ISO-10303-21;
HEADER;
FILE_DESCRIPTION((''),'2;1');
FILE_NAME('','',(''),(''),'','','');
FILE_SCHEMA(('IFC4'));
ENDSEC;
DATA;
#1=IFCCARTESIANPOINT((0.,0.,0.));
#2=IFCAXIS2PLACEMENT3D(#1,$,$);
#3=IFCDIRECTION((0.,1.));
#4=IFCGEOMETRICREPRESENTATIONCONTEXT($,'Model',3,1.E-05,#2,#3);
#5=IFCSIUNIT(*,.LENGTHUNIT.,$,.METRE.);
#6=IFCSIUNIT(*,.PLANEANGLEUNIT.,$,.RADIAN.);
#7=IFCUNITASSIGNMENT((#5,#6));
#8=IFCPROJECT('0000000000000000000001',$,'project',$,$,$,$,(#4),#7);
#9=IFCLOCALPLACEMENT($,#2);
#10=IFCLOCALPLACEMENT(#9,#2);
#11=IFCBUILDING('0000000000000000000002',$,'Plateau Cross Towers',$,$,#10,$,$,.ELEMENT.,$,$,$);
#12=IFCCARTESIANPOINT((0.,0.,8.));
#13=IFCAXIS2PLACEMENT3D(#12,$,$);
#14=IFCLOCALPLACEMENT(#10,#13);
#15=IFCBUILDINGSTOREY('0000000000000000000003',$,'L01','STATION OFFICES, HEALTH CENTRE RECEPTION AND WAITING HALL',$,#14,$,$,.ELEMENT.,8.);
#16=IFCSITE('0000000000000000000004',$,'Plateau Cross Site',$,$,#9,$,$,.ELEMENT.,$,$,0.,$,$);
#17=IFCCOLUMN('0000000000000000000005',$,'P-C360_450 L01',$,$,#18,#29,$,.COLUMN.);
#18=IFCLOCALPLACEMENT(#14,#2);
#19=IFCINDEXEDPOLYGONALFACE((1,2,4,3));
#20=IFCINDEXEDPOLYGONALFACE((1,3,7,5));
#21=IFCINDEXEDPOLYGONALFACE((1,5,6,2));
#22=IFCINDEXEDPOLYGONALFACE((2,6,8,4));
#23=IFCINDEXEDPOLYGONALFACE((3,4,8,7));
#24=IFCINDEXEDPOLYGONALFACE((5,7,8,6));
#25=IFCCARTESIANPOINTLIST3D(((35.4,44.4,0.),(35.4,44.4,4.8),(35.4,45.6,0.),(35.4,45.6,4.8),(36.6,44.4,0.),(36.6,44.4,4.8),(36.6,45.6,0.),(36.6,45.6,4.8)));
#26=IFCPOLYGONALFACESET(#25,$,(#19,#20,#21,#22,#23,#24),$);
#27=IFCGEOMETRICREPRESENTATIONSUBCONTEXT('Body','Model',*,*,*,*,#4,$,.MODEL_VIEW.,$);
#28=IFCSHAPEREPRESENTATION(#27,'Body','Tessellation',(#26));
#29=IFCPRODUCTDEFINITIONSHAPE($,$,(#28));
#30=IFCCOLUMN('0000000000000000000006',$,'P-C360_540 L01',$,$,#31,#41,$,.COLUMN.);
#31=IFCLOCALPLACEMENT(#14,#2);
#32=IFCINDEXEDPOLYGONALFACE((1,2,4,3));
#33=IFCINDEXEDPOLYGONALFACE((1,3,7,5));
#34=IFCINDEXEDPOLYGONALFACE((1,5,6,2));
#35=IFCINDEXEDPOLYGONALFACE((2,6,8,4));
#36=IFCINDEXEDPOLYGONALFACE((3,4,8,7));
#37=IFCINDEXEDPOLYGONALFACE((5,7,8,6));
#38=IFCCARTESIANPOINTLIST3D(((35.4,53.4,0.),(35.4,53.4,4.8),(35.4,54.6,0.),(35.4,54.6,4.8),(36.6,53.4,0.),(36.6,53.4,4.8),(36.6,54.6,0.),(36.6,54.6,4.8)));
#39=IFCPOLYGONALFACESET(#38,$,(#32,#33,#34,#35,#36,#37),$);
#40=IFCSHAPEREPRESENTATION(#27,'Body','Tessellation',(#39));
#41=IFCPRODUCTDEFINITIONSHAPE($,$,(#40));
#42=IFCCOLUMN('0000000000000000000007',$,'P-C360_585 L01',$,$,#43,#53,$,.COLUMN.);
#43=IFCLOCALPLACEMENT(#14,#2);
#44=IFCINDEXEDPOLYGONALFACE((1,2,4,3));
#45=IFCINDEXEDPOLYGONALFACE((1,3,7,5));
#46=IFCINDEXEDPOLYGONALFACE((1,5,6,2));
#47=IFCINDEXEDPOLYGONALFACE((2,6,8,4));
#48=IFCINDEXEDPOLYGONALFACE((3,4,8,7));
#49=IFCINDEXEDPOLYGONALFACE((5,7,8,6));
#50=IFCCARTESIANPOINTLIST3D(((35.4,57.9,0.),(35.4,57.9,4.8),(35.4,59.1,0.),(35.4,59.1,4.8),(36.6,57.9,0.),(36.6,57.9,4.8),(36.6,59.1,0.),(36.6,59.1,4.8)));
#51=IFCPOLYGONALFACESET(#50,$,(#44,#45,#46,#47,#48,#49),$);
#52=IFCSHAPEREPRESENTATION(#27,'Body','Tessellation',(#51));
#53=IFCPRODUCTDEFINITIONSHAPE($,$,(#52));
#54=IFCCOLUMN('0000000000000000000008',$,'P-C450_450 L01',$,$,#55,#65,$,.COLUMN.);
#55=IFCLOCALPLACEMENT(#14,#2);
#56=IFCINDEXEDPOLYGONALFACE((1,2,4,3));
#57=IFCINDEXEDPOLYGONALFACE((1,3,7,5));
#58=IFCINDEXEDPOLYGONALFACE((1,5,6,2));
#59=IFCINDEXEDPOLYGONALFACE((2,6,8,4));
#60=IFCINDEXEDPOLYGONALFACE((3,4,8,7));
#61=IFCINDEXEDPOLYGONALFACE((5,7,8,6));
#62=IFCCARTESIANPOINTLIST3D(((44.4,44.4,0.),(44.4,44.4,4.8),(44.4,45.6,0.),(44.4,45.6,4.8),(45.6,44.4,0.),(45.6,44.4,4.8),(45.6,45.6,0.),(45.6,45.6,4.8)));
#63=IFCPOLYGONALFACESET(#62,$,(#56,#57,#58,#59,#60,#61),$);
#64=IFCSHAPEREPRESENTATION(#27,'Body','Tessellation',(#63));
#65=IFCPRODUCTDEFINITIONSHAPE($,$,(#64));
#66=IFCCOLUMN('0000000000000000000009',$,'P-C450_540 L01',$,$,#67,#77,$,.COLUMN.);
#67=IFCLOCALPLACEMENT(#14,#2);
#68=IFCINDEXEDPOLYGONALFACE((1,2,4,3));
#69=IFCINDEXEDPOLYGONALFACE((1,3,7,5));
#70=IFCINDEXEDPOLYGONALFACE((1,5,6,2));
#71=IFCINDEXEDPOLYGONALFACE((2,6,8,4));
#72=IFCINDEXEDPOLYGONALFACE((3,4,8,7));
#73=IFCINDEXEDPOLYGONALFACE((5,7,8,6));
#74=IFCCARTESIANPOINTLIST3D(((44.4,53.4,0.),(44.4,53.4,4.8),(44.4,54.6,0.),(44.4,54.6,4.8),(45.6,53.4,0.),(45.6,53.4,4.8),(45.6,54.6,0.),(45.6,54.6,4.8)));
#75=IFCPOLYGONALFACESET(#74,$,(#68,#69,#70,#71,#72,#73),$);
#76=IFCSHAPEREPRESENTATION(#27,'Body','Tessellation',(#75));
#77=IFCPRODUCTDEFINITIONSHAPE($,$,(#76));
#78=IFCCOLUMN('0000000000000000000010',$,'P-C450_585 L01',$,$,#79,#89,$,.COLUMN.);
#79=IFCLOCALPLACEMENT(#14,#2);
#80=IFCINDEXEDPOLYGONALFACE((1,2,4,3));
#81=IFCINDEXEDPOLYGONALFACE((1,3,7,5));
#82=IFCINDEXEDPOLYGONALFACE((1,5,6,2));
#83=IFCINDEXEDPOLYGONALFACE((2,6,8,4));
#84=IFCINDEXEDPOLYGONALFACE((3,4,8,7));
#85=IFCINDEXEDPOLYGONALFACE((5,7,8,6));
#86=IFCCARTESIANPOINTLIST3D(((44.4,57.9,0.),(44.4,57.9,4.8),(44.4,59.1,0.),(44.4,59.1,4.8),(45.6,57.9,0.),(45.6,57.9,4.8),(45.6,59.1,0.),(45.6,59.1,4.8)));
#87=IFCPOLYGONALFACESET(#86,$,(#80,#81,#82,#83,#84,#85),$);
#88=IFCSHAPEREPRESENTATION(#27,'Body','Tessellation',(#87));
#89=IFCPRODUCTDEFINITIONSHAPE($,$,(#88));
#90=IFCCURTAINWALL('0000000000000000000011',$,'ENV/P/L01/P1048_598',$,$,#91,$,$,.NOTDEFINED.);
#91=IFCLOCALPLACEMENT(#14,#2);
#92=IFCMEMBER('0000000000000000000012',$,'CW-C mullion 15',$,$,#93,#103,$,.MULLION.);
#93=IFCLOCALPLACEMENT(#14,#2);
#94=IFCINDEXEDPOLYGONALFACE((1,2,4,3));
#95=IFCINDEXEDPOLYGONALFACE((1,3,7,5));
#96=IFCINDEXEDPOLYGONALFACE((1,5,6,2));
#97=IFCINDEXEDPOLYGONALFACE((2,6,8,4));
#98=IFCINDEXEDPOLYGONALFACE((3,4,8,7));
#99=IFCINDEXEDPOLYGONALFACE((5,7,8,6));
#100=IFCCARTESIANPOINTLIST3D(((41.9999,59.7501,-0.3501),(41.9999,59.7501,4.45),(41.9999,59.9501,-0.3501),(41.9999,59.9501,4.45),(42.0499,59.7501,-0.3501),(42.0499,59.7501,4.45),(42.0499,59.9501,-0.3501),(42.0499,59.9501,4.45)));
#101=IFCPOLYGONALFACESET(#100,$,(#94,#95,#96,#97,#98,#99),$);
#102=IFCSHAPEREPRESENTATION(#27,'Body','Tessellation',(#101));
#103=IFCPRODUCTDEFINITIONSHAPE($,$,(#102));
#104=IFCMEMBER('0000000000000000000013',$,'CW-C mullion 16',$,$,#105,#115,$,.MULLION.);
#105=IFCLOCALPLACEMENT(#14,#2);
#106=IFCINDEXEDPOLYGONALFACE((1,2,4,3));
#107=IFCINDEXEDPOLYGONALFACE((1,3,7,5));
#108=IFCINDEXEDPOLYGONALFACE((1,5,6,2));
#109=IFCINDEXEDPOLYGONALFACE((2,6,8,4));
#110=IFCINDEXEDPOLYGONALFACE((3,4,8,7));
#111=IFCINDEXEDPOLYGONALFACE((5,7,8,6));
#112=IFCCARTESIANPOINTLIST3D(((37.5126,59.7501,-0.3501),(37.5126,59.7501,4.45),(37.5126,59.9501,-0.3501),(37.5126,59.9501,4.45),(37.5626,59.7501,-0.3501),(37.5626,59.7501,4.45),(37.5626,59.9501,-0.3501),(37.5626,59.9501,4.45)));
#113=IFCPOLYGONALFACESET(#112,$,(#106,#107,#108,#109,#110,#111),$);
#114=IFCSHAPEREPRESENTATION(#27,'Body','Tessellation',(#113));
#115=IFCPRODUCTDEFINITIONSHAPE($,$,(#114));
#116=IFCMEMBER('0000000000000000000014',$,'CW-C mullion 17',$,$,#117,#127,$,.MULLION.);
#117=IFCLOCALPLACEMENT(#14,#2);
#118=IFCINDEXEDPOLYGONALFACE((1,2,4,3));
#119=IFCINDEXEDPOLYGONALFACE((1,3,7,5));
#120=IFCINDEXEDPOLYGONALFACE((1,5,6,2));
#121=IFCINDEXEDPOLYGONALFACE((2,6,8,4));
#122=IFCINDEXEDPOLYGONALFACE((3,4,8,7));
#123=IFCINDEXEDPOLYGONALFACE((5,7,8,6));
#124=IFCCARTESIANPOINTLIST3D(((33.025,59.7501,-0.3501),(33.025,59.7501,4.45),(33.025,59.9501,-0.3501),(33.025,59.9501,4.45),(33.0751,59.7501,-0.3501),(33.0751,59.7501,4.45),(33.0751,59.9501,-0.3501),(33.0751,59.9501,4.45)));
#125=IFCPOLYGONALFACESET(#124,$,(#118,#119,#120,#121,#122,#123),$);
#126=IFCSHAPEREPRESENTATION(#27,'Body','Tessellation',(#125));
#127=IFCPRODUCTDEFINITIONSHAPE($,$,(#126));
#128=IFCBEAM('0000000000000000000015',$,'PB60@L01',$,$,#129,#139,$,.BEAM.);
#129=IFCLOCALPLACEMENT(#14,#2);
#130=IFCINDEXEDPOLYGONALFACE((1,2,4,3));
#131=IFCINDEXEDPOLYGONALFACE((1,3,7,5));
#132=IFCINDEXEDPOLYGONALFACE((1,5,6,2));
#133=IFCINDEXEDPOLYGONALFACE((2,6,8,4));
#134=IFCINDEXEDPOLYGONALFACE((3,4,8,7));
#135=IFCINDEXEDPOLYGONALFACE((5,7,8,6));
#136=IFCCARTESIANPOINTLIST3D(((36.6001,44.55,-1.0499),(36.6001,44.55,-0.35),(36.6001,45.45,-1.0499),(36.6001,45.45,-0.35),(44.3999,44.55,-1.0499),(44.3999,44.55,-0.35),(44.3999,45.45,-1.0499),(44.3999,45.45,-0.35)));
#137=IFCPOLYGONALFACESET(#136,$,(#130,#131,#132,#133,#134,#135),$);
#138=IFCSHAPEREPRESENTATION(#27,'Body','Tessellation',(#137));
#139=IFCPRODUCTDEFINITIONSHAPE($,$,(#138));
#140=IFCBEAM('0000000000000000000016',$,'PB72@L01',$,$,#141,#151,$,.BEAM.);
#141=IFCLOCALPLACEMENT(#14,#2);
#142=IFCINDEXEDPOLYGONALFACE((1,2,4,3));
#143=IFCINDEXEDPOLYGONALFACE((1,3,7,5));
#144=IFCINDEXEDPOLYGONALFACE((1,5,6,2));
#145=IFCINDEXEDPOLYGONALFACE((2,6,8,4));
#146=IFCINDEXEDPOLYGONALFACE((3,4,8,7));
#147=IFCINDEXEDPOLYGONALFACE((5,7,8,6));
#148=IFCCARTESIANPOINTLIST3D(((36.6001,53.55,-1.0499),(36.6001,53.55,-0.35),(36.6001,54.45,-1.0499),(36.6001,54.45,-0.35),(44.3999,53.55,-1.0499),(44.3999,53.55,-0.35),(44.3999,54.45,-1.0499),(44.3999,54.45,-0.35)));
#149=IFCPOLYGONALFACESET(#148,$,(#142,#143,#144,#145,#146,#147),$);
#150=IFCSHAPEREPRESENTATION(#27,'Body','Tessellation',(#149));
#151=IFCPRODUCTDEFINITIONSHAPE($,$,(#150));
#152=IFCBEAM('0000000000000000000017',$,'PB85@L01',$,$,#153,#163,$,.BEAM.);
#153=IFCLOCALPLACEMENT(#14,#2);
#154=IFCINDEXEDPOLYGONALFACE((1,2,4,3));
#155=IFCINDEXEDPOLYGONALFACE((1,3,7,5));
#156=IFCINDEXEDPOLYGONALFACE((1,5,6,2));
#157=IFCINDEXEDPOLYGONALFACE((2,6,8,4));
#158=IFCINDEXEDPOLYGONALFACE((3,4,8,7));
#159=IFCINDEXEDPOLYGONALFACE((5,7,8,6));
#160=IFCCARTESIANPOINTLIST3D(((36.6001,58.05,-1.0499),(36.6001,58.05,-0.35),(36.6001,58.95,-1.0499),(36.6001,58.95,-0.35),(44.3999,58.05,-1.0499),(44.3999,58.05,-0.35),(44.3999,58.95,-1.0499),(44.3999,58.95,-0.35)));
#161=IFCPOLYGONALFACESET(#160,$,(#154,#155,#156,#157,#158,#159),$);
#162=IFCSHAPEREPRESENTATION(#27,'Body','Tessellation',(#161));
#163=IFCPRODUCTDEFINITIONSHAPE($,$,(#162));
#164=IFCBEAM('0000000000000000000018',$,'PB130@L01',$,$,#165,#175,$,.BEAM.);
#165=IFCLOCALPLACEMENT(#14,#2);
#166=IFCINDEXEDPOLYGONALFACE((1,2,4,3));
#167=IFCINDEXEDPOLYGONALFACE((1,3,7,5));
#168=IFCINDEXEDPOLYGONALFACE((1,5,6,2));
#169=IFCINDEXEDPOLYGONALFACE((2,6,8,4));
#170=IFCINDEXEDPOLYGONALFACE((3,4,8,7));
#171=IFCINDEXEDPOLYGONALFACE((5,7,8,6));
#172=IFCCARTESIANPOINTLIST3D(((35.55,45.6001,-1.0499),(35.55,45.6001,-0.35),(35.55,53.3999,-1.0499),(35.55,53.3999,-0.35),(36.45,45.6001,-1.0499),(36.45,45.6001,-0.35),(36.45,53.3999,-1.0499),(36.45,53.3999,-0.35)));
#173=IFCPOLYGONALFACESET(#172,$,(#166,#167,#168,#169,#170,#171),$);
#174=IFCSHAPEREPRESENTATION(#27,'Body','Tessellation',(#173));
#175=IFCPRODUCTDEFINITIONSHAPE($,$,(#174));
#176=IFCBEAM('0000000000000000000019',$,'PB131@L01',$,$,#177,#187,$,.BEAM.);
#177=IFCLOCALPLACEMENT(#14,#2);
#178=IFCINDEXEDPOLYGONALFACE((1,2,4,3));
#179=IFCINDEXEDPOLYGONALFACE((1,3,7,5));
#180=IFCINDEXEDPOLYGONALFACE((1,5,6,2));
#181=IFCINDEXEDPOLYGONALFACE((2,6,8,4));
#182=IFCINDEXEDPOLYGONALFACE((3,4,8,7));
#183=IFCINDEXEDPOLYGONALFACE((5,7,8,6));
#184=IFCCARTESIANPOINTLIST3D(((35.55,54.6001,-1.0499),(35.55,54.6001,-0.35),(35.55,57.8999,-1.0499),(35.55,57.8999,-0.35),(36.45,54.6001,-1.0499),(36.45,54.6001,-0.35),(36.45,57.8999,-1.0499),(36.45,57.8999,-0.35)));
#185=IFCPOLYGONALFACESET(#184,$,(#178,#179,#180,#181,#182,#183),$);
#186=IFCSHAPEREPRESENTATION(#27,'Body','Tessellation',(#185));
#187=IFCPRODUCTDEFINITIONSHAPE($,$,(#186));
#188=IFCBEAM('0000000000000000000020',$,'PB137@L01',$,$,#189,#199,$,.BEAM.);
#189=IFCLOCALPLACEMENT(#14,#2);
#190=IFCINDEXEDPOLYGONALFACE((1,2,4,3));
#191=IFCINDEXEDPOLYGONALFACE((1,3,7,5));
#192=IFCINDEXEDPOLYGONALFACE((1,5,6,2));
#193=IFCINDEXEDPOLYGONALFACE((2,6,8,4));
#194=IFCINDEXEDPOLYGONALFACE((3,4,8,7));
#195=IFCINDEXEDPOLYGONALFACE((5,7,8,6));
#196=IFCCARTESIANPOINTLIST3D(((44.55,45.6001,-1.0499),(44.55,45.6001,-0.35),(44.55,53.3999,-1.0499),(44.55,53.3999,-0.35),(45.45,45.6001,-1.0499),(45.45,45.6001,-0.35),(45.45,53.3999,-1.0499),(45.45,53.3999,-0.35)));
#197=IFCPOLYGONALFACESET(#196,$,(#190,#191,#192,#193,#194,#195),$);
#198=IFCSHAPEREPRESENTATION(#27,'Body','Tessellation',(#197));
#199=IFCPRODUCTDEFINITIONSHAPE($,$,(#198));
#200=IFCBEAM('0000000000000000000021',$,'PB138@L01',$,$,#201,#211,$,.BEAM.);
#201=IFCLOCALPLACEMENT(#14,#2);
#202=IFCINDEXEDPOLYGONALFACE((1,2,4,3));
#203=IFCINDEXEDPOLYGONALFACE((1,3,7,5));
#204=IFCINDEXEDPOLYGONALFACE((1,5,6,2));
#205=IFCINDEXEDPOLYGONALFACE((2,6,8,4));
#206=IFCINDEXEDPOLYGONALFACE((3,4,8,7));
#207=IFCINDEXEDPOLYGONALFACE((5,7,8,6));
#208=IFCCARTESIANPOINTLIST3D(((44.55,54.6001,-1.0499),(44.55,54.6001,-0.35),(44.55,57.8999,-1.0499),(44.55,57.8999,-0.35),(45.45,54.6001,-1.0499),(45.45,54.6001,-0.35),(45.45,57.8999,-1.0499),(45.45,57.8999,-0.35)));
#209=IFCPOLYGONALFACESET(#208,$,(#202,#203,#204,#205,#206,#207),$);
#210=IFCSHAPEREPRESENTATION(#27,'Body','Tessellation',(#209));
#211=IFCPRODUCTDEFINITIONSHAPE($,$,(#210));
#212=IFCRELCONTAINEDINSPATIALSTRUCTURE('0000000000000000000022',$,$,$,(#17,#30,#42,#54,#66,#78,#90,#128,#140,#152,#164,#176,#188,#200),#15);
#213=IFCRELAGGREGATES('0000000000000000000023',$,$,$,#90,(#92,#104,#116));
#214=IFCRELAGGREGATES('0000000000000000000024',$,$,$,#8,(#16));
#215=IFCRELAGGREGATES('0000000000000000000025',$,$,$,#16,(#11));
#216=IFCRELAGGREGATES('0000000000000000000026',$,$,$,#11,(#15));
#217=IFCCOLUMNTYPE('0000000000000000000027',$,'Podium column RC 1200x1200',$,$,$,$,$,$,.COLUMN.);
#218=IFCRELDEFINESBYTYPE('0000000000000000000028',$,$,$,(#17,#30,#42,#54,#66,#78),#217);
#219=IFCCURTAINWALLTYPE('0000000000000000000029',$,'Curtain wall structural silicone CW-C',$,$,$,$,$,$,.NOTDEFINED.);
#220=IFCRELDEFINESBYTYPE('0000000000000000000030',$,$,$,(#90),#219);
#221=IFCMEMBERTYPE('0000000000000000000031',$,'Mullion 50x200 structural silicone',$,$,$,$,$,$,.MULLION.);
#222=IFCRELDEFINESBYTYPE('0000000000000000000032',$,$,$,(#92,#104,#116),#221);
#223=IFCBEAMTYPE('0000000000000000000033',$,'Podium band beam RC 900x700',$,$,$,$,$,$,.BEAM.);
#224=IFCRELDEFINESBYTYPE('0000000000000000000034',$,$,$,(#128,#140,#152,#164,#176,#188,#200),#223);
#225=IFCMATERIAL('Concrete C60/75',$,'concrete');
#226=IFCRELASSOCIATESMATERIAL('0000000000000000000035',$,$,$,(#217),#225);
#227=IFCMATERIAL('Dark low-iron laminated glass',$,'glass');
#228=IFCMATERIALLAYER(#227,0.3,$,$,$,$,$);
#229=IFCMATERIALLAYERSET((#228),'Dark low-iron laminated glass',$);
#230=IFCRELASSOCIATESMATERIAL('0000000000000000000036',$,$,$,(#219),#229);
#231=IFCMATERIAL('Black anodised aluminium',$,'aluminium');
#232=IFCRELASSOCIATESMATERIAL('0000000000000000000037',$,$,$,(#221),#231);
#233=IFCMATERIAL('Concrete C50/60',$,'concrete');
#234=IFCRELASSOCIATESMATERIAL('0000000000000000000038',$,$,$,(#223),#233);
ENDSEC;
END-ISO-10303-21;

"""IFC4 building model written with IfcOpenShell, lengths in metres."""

from ifc_helpers import new_model, si_unit, direction, frame, origin, origin_2d, place, context, subcontext, project, spatial, rectangle, extrude, material, layer, layer_set, material_profile, profile_set, type_object, element, aggregate, save


model = new_model("IFC4")

# Units and contexts
model_context = context("Model", 3, precision=1e-05, world=origin(), true_north=direction((0.0, 1.0)))
body_context = subcontext(model_context, "Body", "Model", "MODEL_VIEW")
ifc_project = project(units=[si_unit("LENGTHUNIT", "METRE"), si_unit("PLANEANGLEUNIT", "RADIAN")], contexts=[model_context])

# Site, building, storey
site_placement = place(None, origin())
site = spatial("IfcSite", under=ifc_project, at=site_placement, Name="Plateau Cross Site", CompositionType="ELEMENT", RefElevation=0.0)
building_placement = place(site_placement, origin())
building = spatial("IfcBuilding", under=site, at=building_placement, Name="Plateau Cross Towers", CompositionType="ELEMENT")
storey_placement = place(building_placement, frame((0.0, 0.0, 8.0)))
storey = spatial("IfcBuildingStorey", under=building, at=storey_placement, Name="L01", Description="STATION OFFICES, HEALTH CENTRE RECEPTION AND WAITING HALL", CompositionType="ELEMENT", Elevation=8.0)

# Columns
ifc_material_1 = material(Name="Concrete C60/75", Category="concrete")
ifc_material_profile_1 = material_profile(ifc_material_1, rectangle(XDim=1.2, YDim=1.2, at=origin_2d()), Name="RC 1200x1200")
ifc_profile_set_1 = profile_set([ifc_material_profile_1], Name="Concrete C60/75")
column_type = type_object("IfcColumnType", Name="Podium column RC 1200x1200", PredefinedType="COLUMN", material=ifc_profile_set_1)
for number, where, z_axis, x_axis, name in (
    (1, (36.0, 45.0, 0.0), (0.0, 0.0, 1.0), (1.0, 0.0, 0.0), "P-C360_450 L01"),
    (2, (36.0, 54.0, 0.0), (0.0, 0.0, 1.0), (1.0, 0.0, 0.0), "P-C360_540 L01"),
    (3, (36.0, 58.5, 0.0), (0.0, 0.0, 1.0), (1.0, 0.0, 0.0), "P-C360_585 L01"),
    (4, (45.0, 45.0, 0.0), (0.0, 0.0, 1.0), (1.0, 0.0, 0.0), "P-C450_450 L01"),
    (5, (45.0, 54.0, 0.0), (0.0, 0.0, 1.0), (1.0, 0.0, 0.0), "P-C450_540 L01"),
    (6, (45.0, 58.5, 0.0), (0.0, 0.0, 1.0), (1.0, 0.0, 0.0), "P-C450_585 L01"),
):
    element("IfcColumn", number, at=place(storey_placement, frame(where, z_axis=z_axis, x_axis=x_axis)), inside=storey, type_object=column_type, Name=name, PredefinedType="COLUMN", context=body_context, shape_type="SweptSolid", body=[
        extrude(rectangle(XDim=1.2, YDim=1.2, at=origin_2d()), origin(), (0.0, 0.0, 1.0), 4.8),
    ])

# Curtain wall, members
ifc_material_2 = material(Name="Dark low-iron laminated glass", Category="glass")
ifc_layer_1 = layer(ifc_material_2, 0.3)
ifc_layer_set_1 = layer_set([ifc_layer_1], Name="Dark low-iron laminated glass")
curtain_wall_type = type_object("IfcCurtainWallType", Name="Curtain wall structural silicone CW-C", PredefinedType="NOTDEFINED", material=ifc_layer_set_1)
curtain_wall_placement = place(storey_placement, origin())
curtain_wall = element("IfcCurtainWall", 7, at=curtain_wall_placement, inside=storey, type_object=curtain_wall_type, Name="ENV/P/L01/P1048_598", PredefinedType="NOTDEFINED")
ifc_material_3 = material(Name="Black anodised aluminium", Category="aluminium")
ifc_material_profile_2 = material_profile(ifc_material_3, rectangle(XDim=0.05, YDim=0.2, at=origin_2d()), Name="MULLION 50x200")
ifc_profile_set_2 = profile_set([ifc_material_profile_2], Name="Black anodised aluminium")
member_type = type_object("IfcMemberType", Name="Mullion 50x200 structural silicone", PredefinedType="MULLION", material=ifc_profile_set_2)
member_1_placement = place(storey_placement, frame((42.0249, 59.8501, -0.3501), z_axis=(0.0, 0.0, 1.0), x_axis=(-1.0, 0.0, 0.0)))
member_1 = element("IfcMember", 8, at=member_1_placement, type_object=member_type, Name="CW-C mullion 15", PredefinedType="MULLION", context=body_context, shape_type="SweptSolid", body=[
    extrude(rectangle(XDim=0.05, YDim=0.2, at=origin_2d()), origin(), (0.0, 0.0, 1.0), 4.8),
])
member_2_placement = place(storey_placement, frame((37.5376, 59.8501, -0.3501), z_axis=(0.0, 0.0, 1.0), x_axis=(-1.0, 0.0, 0.0)))
member_2 = element("IfcMember", 9, at=member_2_placement, type_object=member_type, Name="CW-C mullion 16", PredefinedType="MULLION", context=body_context, shape_type="SweptSolid", body=[
    extrude(rectangle(XDim=0.05, YDim=0.2, at=origin_2d()), origin(), (0.0, 0.0, 1.0), 4.8),
])
member_3_placement = place(storey_placement, frame((33.05, 59.8501, -0.3501), z_axis=(0.0, 0.0, 1.0), x_axis=(-1.0, 0.0, 0.0)))
member_3 = element("IfcMember", 10, at=member_3_placement, type_object=member_type, Name="CW-C mullion 17", PredefinedType="MULLION", context=body_context, shape_type="SweptSolid", body=[
    extrude(rectangle(XDim=0.05, YDim=0.2, at=origin_2d()), origin(), (0.0, 0.0, 1.0), 4.8),
])

# Beams
ifc_material_4 = material(Name="Concrete C50/60", Category="concrete")
ifc_material_profile_3 = material_profile(ifc_material_4, rectangle(XDim=0.8999, YDim=0.7, at=origin_2d()), Name="RC 900x700")
ifc_profile_set_3 = profile_set([ifc_material_profile_3], Name="Concrete C50/60")
beam_type = type_object("IfcBeamType", Name="Podium band beam RC 900x700", PredefinedType="BEAM", material=ifc_profile_set_3)
for number, where, z_axis, x_axis, name in (
    (11, (36.6001, 45.0, -0.7), (1.0, 0.0, 0.0), (0.0, 1.0, 0.0), "PB60@L01"),
    (12, (36.6001, 54.0, -0.7), (1.0, 0.0, 0.0), (0.0, 1.0, 0.0), "PB72@L01"),
    (13, (36.6001, 58.5, -0.7), (1.0, 0.0, 0.0), (0.0, 1.0, 0.0), "PB85@L01"),
    (14, (36.0, 45.6001, -0.7), (0.0, 1.0, 0.0), (-1.0, 0.0, 0.0), "PB130@L01"),
):
    element("IfcBeam", number, at=place(storey_placement, frame(where, z_axis=z_axis, x_axis=x_axis)), inside=storey, type_object=beam_type, Name=name, PredefinedType="BEAM", context=body_context, shape_type="SweptSolid", body=[
        extrude(rectangle(XDim=0.8999, YDim=0.7, at=origin_2d()), origin(), (0.0, 0.0, 1.0), 7.7998),
    ])
beam_1_placement = place(storey_placement, frame((36.0, 54.6001, -0.7), z_axis=(0.0, 1.0, 0.0), x_axis=(-1.0, 0.0, 0.0)))
element("IfcBeam", 15, at=beam_1_placement, inside=storey, type_object=beam_type, Name="PB131@L01", PredefinedType="BEAM", context=body_context, shape_type="SweptSolid", body=[
    extrude(rectangle(XDim=0.8999, YDim=0.7, at=origin_2d()), origin(), (0.0, 0.0, 1.0), 3.2998),
])
beam_2_placement = place(storey_placement, frame((45.0, 45.6001, -0.7), z_axis=(0.0, 1.0, 0.0), x_axis=(-1.0, 0.0, 0.0)))
element("IfcBeam", 16, at=beam_2_placement, inside=storey, type_object=beam_type, Name="PB137@L01", PredefinedType="BEAM", context=body_context, shape_type="SweptSolid", body=[
    extrude(rectangle(XDim=0.8999, YDim=0.7, at=origin_2d()), origin(), (0.0, 0.0, 1.0), 7.7998),
])
beam_3_placement = place(storey_placement, frame((45.0, 54.6001, -0.7), z_axis=(0.0, 1.0, 0.0), x_axis=(-1.0, 0.0, 0.0)))
element("IfcBeam", 17, at=beam_3_placement, inside=storey, type_object=beam_type, Name="PB138@L01", PredefinedType="BEAM", context=body_context, shape_type="SweptSolid", body=[
    extrude(rectangle(XDim=0.8999, YDim=0.7, at=origin_2d()), origin(), (0.0, 0.0, 1.0), 3.2998),
])

aggregate(curtain_wall, [member_1, member_2, member_3])

save(model, "model.ifc")
